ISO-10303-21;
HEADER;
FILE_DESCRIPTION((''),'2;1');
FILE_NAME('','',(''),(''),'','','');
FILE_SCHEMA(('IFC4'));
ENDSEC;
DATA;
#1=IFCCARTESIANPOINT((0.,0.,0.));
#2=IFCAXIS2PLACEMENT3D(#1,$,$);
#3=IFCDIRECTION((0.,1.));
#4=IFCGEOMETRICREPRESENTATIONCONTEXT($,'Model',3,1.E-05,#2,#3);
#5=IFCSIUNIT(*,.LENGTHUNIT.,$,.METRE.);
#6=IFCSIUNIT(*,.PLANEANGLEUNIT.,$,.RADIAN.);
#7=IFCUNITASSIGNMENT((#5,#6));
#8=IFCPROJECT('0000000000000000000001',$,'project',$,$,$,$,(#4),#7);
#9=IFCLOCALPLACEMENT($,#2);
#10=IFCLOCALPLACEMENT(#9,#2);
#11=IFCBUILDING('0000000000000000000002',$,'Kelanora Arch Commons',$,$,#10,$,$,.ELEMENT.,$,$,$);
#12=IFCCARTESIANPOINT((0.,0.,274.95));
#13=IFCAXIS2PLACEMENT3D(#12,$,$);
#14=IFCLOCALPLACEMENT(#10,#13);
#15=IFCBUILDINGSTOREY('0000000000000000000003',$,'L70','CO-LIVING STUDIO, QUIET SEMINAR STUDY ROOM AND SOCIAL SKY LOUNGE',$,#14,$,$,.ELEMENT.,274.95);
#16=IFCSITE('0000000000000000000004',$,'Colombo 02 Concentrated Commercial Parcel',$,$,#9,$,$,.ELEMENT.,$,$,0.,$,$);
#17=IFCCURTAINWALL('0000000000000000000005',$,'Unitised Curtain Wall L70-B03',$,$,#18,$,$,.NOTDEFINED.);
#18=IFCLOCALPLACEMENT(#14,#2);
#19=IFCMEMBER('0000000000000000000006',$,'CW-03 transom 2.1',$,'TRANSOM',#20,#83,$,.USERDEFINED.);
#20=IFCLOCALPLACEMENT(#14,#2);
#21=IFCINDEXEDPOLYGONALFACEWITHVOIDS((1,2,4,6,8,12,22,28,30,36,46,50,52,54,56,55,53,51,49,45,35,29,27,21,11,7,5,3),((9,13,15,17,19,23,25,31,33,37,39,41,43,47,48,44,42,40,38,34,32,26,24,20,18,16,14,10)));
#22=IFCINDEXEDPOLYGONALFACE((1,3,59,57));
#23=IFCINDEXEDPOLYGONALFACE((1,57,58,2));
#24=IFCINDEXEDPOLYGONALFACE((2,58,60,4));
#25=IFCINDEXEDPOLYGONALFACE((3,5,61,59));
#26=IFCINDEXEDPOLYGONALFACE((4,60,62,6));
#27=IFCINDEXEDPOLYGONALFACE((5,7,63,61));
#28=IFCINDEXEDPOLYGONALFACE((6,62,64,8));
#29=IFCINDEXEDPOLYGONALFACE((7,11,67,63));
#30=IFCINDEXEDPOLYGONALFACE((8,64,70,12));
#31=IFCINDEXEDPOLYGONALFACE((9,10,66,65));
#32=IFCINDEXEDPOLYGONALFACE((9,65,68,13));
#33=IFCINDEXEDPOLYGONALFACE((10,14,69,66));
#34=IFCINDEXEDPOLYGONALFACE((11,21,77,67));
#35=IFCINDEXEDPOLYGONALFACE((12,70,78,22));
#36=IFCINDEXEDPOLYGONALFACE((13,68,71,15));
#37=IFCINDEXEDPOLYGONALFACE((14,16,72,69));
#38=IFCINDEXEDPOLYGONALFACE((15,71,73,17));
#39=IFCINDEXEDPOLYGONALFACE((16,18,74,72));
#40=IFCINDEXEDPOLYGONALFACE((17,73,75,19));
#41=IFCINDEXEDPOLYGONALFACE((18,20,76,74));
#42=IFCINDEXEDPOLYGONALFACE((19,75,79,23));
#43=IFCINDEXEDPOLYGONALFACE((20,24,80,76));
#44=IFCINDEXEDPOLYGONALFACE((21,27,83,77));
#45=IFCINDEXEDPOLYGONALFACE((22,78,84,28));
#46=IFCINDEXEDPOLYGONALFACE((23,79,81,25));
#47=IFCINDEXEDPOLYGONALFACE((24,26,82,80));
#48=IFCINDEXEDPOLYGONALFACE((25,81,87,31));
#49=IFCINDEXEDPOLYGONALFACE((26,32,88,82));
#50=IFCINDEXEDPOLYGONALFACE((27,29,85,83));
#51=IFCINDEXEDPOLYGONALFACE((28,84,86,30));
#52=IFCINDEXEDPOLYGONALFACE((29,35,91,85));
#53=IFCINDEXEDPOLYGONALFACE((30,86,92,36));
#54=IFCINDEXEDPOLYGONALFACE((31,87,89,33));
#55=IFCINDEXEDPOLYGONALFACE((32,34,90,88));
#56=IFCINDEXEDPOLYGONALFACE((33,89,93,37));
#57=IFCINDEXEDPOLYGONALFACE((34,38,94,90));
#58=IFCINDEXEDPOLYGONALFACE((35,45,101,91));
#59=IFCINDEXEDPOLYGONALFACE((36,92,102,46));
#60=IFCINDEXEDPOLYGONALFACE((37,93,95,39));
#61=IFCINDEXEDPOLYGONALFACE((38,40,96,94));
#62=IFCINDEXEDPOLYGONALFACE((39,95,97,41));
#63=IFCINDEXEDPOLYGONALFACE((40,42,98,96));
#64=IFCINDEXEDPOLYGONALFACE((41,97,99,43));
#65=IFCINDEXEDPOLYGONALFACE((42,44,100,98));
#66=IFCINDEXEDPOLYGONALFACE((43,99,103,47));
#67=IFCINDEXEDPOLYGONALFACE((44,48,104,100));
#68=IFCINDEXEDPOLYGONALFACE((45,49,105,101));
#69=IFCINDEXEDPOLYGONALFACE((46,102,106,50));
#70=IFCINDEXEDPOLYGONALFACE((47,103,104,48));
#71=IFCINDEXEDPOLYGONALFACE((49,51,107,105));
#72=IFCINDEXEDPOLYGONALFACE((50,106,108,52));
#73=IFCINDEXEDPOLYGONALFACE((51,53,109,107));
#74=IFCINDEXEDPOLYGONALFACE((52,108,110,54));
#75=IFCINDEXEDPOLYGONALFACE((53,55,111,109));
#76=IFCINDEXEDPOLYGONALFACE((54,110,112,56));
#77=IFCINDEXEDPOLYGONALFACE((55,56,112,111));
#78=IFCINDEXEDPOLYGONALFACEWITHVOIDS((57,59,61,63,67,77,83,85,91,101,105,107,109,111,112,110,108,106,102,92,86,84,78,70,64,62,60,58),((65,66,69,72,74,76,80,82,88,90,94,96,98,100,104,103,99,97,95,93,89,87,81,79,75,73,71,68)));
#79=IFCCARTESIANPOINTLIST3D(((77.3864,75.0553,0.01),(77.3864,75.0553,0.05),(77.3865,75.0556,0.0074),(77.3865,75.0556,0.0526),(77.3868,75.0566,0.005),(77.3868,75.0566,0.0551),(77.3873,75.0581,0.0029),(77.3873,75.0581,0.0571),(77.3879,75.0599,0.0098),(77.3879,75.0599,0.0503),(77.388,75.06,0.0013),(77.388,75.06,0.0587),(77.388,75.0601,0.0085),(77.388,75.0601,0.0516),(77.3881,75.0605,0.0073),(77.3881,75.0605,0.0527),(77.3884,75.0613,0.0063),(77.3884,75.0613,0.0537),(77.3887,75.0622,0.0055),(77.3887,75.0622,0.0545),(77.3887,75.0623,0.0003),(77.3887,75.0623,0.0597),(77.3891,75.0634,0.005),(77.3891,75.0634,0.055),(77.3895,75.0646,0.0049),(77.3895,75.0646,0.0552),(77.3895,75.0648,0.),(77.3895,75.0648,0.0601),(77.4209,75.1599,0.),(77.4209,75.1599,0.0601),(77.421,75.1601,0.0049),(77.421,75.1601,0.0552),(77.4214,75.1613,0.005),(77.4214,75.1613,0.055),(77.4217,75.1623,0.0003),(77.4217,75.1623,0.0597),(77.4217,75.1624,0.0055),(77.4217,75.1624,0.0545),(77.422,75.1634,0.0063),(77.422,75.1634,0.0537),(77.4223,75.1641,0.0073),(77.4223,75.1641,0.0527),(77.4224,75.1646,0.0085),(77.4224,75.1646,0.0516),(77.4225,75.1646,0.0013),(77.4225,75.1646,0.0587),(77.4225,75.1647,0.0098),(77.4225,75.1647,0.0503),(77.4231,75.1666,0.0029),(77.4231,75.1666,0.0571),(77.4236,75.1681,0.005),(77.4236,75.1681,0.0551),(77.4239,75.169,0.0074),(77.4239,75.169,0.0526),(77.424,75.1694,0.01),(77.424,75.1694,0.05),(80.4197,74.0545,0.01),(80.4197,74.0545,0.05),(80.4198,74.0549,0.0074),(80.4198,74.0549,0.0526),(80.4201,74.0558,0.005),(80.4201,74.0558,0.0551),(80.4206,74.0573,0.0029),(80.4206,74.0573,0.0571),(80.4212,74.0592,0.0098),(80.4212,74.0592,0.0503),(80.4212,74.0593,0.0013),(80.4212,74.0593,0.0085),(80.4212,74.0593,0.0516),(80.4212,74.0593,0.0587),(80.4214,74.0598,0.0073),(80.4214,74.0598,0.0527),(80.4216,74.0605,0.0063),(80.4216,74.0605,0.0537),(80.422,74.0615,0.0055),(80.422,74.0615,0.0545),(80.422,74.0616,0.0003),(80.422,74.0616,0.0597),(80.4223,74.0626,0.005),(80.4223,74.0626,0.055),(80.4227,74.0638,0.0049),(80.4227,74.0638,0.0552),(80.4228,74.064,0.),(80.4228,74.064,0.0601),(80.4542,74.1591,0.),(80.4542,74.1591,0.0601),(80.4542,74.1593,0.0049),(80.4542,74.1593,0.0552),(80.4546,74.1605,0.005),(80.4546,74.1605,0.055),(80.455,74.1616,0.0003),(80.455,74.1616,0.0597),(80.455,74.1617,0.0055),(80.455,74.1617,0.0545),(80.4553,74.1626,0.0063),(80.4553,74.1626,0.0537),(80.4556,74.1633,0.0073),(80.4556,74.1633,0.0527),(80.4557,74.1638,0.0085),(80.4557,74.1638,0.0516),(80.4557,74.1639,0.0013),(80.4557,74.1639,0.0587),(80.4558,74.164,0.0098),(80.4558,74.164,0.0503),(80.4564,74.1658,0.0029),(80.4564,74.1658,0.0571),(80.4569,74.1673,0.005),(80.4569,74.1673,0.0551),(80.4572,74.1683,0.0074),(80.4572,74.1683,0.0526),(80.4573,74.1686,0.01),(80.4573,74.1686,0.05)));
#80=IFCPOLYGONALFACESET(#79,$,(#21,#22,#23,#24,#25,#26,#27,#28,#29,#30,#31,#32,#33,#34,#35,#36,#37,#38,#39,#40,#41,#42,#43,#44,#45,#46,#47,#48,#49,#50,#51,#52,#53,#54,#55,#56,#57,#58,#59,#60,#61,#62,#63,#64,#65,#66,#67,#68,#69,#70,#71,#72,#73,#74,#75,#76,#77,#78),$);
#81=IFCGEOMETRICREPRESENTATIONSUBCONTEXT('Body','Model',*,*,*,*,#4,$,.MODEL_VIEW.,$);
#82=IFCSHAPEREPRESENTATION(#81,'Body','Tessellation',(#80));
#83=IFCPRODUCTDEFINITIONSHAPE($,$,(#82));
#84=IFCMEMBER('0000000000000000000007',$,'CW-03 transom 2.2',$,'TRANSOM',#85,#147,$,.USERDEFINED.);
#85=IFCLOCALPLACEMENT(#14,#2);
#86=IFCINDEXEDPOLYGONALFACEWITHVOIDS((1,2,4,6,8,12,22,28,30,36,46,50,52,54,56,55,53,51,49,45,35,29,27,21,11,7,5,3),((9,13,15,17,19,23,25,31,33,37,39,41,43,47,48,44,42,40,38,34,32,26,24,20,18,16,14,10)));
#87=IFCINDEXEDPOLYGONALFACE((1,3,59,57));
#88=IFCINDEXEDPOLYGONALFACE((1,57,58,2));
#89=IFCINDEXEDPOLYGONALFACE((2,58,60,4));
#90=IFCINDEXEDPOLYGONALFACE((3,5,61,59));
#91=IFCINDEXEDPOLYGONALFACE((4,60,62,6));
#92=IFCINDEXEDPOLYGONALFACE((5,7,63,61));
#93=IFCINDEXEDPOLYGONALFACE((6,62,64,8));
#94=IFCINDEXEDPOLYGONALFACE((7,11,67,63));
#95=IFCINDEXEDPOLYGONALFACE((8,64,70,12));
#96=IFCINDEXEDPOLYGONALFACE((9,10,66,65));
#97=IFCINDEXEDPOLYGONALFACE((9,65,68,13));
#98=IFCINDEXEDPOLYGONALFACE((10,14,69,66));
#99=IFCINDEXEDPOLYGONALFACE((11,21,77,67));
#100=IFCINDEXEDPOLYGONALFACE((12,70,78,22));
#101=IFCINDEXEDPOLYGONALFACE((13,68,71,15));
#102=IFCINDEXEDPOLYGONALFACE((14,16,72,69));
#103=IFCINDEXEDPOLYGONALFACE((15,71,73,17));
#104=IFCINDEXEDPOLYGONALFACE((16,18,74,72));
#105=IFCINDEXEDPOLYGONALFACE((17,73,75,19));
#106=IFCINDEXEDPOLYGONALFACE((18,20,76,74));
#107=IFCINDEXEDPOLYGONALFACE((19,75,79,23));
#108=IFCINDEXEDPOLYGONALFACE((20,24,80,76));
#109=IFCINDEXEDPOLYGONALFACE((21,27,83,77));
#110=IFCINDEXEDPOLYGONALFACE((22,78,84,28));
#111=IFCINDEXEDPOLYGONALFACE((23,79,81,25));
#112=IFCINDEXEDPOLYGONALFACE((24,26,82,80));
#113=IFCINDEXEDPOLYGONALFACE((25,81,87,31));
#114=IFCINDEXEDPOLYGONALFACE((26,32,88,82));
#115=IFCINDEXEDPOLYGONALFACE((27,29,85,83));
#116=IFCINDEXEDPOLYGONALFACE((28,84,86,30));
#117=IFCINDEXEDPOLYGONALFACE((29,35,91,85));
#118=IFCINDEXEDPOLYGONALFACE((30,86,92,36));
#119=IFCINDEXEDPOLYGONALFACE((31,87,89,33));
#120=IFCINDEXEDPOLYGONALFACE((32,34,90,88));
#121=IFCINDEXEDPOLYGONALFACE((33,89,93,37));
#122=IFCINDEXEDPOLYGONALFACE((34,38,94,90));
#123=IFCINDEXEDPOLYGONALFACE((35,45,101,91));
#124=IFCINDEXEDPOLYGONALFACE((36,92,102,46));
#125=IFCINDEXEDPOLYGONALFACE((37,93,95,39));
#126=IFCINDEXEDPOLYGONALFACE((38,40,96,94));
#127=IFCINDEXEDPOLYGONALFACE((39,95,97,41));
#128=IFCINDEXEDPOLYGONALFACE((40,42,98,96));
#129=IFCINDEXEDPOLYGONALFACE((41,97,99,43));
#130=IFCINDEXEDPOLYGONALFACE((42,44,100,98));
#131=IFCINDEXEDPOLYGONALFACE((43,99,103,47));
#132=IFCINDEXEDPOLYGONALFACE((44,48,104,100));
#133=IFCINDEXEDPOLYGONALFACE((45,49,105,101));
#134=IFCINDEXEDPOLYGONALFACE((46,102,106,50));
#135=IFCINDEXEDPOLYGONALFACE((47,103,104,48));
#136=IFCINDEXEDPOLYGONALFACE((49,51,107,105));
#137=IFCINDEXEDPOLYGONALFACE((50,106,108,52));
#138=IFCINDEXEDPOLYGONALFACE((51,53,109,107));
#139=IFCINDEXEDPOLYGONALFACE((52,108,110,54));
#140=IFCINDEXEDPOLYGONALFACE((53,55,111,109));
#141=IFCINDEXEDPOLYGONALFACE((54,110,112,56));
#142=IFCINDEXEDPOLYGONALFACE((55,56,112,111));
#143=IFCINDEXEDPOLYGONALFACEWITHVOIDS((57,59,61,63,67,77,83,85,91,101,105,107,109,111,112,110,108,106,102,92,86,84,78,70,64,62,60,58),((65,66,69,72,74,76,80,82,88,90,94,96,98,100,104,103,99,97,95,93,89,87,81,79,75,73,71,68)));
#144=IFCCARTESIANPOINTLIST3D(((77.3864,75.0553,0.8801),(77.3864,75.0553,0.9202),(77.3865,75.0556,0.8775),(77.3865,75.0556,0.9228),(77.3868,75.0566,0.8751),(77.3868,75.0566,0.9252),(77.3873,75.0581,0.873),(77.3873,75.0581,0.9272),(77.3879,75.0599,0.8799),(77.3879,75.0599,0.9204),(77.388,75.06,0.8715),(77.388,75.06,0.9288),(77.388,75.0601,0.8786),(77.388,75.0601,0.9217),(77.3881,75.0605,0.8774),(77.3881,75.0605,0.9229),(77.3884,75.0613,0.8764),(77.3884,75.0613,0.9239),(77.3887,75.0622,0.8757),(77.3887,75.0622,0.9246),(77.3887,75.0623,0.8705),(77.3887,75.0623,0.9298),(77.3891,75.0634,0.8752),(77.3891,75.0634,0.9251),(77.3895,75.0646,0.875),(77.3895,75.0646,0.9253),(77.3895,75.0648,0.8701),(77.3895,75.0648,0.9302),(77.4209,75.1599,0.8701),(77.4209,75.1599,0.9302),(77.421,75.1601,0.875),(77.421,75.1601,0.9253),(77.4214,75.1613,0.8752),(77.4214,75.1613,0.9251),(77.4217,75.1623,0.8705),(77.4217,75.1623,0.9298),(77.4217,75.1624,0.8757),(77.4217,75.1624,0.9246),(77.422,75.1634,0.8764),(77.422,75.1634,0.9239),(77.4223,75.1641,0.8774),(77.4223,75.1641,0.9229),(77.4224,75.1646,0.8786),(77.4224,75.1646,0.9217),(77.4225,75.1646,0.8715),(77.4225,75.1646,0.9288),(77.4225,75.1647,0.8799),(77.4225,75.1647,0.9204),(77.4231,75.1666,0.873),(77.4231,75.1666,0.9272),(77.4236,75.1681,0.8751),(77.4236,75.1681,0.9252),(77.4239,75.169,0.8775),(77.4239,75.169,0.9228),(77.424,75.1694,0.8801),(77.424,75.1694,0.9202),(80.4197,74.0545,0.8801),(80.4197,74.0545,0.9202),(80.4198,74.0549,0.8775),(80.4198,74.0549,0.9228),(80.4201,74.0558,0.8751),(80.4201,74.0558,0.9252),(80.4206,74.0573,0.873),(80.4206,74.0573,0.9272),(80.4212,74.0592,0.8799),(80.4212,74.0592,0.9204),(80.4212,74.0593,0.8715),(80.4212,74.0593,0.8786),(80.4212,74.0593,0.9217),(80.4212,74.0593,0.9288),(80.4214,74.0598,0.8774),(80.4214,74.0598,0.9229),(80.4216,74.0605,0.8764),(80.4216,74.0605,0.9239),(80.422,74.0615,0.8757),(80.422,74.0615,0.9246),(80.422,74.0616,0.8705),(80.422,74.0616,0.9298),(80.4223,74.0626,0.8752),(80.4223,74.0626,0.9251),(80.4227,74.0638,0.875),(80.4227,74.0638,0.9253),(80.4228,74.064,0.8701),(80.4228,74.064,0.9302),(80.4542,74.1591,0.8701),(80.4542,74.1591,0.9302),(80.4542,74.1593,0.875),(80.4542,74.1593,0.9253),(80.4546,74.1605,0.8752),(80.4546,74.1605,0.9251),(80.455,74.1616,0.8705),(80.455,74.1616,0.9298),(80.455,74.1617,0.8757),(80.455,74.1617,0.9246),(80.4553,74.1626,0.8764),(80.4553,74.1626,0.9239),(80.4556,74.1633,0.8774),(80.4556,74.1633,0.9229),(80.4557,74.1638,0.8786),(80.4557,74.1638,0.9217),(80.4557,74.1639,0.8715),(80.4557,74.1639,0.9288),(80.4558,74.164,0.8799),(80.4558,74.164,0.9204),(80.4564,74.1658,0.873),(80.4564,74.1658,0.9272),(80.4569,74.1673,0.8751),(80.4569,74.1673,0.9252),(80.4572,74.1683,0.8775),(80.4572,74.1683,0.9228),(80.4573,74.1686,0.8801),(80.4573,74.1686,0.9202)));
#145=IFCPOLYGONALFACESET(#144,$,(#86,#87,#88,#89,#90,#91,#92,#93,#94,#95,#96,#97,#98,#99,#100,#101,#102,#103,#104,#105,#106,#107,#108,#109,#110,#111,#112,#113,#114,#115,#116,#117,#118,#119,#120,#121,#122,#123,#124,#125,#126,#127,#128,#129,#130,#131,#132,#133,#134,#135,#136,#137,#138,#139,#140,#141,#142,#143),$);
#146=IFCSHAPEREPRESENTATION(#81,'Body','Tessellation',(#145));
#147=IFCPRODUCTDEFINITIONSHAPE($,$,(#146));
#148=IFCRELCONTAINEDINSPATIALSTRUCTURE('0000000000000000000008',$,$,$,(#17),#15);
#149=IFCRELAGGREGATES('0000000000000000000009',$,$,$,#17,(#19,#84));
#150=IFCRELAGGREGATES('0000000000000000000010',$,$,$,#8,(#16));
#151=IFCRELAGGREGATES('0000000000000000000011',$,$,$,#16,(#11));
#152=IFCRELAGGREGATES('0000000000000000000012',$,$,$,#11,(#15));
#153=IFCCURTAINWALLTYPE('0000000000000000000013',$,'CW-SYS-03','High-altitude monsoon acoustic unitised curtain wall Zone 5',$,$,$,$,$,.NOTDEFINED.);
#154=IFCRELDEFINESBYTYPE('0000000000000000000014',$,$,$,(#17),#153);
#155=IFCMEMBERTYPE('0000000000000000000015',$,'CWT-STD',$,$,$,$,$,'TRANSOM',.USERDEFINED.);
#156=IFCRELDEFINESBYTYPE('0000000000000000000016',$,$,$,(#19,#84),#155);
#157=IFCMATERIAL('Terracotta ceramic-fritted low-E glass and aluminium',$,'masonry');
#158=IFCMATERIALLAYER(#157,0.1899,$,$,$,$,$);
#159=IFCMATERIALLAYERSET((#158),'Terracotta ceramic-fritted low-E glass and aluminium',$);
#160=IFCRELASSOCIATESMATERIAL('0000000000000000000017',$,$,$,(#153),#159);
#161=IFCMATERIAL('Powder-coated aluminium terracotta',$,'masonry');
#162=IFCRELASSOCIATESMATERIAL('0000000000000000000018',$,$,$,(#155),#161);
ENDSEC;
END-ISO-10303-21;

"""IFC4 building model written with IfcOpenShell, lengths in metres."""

from ifc_helpers import new_model, si_unit, direction, frame, origin, origin_2d, place, context, subcontext, project, spatial, hollow_rectangle, extrude, material, layer, layer_set, material_profile, profile_set, type_object, element, aggregate, save


model = new_model("IFC4")

# Units and contexts
model_context = context("Model", 3, precision=1e-05, world=origin(), true_north=direction((0.0, 1.0)))
body_context = subcontext(model_context, "Body", "Model", "MODEL_VIEW")
ifc_project = project(units=[si_unit("LENGTHUNIT", "METRE"), si_unit("PLANEANGLEUNIT", "RADIAN")], contexts=[model_context])

# Site, building, storey
site_placement = place(None, origin())
site = spatial("IfcSite", under=ifc_project, at=site_placement, Name="Colombo 02 Concentrated Commercial Parcel", CompositionType="ELEMENT", RefElevation=0.0)
building_placement = place(site_placement, origin())
building = spatial("IfcBuilding", under=site, at=building_placement, Name="Kelanora Arch Commons", CompositionType="ELEMENT")
storey_placement = place(building_placement, frame((0.0, 0.0, 274.95)))
storey = spatial("IfcBuildingStorey", under=building, at=storey_placement, Name="L70", Description="CO-LIVING STUDIO, QUIET SEMINAR STUDY ROOM AND SOCIAL SKY LOUNGE", CompositionType="ELEMENT", Elevation=274.95)

# Curtain wall, members
ifc_material_1 = material(Name="Terracotta ceramic-fritted low-E glass and aluminium", Category="masonry")
ifc_layer_1 = layer(ifc_material_1, 0.1899)
ifc_layer_set_1 = layer_set([ifc_layer_1], Name="Terracotta ceramic-fritted low-E glass and aluminium")
curtain_wall_type = type_object("IfcCurtainWallType", Name="CW-SYS-03", Description="High-altitude monsoon acoustic unitised curtain wall Zone 5", PredefinedType="NOTDEFINED", material=ifc_layer_set_1)
curtain_wall_placement = place(storey_placement, origin())
curtain_wall = element("IfcCurtainWall", 1, at=curtain_wall_placement, inside=storey, type_object=curtain_wall_type, Name="Unitised Curtain Wall L70-B03", PredefinedType="NOTDEFINED")
ifc_material_2 = material(Name="Powder-coated aluminium terracotta", Category="masonry")
ifc_material_profile_1 = material_profile(ifc_material_2, hollow_rectangle(XDim=0.1201, YDim=0.0601, WallThickness=0.0049, InnerFilletRadius=0.0049, OuterFilletRadius=0.01, at=origin_2d()), Name="CWT120x60")
ifc_profile_set_1 = profile_set([ifc_material_profile_1], Name="Powder-coated aluminium terracotta")
member_type_1 = type_object("IfcMemberType", Name="CWT-STD", ElementType="TRANSOM", PredefinedType="USERDEFINED", material=ifc_profile_set_1)
member_1_placement = place(storey_placement, frame((80.4385, 74.1116, 0.03), z_axis=(-0.94965, 0.313314, 0.0), x_axis=(-0.313314, -0.94965, 0.0)))
member_1 = element("IfcMember", 2, at=member_1_placement, type_object=member_type_1, Name="CW-03 transom 2.1", ObjectType="TRANSOM", PredefinedType="USERDEFINED", context=body_context, shape_type="SweptSolid", body=[
    extrude(hollow_rectangle(XDim=0.1201, YDim=0.0601, WallThickness=0.0049, InnerFilletRadius=0.0049, OuterFilletRadius=0.01, at=origin_2d()), origin(), (0.0, 0.0, 1.0), 3.1941),
])
member_2_placement = place(storey_placement, frame((80.4385, 74.1116, 0.9001), z_axis=(-0.94965, 0.313314, 0.0), x_axis=(-0.313314, -0.94965, 0.0)))
member_2 = element("IfcMember", 3, at=member_2_placement, type_object=member_type_1, Name="CW-03 transom 2.2", ObjectType="TRANSOM", PredefinedType="USERDEFINED", context=body_context, shape_type="SweptSolid", body=[
    extrude(hollow_rectangle(XDim=0.1201, YDim=0.0601, WallThickness=0.0049, InnerFilletRadius=0.0049, OuterFilletRadius=0.01, at=origin_2d()), origin(), (0.0, 0.0, 1.0), 3.1941),
])
aggregate(curtain_wall, [member_1, member_2])

save(model, "model.ifc")
